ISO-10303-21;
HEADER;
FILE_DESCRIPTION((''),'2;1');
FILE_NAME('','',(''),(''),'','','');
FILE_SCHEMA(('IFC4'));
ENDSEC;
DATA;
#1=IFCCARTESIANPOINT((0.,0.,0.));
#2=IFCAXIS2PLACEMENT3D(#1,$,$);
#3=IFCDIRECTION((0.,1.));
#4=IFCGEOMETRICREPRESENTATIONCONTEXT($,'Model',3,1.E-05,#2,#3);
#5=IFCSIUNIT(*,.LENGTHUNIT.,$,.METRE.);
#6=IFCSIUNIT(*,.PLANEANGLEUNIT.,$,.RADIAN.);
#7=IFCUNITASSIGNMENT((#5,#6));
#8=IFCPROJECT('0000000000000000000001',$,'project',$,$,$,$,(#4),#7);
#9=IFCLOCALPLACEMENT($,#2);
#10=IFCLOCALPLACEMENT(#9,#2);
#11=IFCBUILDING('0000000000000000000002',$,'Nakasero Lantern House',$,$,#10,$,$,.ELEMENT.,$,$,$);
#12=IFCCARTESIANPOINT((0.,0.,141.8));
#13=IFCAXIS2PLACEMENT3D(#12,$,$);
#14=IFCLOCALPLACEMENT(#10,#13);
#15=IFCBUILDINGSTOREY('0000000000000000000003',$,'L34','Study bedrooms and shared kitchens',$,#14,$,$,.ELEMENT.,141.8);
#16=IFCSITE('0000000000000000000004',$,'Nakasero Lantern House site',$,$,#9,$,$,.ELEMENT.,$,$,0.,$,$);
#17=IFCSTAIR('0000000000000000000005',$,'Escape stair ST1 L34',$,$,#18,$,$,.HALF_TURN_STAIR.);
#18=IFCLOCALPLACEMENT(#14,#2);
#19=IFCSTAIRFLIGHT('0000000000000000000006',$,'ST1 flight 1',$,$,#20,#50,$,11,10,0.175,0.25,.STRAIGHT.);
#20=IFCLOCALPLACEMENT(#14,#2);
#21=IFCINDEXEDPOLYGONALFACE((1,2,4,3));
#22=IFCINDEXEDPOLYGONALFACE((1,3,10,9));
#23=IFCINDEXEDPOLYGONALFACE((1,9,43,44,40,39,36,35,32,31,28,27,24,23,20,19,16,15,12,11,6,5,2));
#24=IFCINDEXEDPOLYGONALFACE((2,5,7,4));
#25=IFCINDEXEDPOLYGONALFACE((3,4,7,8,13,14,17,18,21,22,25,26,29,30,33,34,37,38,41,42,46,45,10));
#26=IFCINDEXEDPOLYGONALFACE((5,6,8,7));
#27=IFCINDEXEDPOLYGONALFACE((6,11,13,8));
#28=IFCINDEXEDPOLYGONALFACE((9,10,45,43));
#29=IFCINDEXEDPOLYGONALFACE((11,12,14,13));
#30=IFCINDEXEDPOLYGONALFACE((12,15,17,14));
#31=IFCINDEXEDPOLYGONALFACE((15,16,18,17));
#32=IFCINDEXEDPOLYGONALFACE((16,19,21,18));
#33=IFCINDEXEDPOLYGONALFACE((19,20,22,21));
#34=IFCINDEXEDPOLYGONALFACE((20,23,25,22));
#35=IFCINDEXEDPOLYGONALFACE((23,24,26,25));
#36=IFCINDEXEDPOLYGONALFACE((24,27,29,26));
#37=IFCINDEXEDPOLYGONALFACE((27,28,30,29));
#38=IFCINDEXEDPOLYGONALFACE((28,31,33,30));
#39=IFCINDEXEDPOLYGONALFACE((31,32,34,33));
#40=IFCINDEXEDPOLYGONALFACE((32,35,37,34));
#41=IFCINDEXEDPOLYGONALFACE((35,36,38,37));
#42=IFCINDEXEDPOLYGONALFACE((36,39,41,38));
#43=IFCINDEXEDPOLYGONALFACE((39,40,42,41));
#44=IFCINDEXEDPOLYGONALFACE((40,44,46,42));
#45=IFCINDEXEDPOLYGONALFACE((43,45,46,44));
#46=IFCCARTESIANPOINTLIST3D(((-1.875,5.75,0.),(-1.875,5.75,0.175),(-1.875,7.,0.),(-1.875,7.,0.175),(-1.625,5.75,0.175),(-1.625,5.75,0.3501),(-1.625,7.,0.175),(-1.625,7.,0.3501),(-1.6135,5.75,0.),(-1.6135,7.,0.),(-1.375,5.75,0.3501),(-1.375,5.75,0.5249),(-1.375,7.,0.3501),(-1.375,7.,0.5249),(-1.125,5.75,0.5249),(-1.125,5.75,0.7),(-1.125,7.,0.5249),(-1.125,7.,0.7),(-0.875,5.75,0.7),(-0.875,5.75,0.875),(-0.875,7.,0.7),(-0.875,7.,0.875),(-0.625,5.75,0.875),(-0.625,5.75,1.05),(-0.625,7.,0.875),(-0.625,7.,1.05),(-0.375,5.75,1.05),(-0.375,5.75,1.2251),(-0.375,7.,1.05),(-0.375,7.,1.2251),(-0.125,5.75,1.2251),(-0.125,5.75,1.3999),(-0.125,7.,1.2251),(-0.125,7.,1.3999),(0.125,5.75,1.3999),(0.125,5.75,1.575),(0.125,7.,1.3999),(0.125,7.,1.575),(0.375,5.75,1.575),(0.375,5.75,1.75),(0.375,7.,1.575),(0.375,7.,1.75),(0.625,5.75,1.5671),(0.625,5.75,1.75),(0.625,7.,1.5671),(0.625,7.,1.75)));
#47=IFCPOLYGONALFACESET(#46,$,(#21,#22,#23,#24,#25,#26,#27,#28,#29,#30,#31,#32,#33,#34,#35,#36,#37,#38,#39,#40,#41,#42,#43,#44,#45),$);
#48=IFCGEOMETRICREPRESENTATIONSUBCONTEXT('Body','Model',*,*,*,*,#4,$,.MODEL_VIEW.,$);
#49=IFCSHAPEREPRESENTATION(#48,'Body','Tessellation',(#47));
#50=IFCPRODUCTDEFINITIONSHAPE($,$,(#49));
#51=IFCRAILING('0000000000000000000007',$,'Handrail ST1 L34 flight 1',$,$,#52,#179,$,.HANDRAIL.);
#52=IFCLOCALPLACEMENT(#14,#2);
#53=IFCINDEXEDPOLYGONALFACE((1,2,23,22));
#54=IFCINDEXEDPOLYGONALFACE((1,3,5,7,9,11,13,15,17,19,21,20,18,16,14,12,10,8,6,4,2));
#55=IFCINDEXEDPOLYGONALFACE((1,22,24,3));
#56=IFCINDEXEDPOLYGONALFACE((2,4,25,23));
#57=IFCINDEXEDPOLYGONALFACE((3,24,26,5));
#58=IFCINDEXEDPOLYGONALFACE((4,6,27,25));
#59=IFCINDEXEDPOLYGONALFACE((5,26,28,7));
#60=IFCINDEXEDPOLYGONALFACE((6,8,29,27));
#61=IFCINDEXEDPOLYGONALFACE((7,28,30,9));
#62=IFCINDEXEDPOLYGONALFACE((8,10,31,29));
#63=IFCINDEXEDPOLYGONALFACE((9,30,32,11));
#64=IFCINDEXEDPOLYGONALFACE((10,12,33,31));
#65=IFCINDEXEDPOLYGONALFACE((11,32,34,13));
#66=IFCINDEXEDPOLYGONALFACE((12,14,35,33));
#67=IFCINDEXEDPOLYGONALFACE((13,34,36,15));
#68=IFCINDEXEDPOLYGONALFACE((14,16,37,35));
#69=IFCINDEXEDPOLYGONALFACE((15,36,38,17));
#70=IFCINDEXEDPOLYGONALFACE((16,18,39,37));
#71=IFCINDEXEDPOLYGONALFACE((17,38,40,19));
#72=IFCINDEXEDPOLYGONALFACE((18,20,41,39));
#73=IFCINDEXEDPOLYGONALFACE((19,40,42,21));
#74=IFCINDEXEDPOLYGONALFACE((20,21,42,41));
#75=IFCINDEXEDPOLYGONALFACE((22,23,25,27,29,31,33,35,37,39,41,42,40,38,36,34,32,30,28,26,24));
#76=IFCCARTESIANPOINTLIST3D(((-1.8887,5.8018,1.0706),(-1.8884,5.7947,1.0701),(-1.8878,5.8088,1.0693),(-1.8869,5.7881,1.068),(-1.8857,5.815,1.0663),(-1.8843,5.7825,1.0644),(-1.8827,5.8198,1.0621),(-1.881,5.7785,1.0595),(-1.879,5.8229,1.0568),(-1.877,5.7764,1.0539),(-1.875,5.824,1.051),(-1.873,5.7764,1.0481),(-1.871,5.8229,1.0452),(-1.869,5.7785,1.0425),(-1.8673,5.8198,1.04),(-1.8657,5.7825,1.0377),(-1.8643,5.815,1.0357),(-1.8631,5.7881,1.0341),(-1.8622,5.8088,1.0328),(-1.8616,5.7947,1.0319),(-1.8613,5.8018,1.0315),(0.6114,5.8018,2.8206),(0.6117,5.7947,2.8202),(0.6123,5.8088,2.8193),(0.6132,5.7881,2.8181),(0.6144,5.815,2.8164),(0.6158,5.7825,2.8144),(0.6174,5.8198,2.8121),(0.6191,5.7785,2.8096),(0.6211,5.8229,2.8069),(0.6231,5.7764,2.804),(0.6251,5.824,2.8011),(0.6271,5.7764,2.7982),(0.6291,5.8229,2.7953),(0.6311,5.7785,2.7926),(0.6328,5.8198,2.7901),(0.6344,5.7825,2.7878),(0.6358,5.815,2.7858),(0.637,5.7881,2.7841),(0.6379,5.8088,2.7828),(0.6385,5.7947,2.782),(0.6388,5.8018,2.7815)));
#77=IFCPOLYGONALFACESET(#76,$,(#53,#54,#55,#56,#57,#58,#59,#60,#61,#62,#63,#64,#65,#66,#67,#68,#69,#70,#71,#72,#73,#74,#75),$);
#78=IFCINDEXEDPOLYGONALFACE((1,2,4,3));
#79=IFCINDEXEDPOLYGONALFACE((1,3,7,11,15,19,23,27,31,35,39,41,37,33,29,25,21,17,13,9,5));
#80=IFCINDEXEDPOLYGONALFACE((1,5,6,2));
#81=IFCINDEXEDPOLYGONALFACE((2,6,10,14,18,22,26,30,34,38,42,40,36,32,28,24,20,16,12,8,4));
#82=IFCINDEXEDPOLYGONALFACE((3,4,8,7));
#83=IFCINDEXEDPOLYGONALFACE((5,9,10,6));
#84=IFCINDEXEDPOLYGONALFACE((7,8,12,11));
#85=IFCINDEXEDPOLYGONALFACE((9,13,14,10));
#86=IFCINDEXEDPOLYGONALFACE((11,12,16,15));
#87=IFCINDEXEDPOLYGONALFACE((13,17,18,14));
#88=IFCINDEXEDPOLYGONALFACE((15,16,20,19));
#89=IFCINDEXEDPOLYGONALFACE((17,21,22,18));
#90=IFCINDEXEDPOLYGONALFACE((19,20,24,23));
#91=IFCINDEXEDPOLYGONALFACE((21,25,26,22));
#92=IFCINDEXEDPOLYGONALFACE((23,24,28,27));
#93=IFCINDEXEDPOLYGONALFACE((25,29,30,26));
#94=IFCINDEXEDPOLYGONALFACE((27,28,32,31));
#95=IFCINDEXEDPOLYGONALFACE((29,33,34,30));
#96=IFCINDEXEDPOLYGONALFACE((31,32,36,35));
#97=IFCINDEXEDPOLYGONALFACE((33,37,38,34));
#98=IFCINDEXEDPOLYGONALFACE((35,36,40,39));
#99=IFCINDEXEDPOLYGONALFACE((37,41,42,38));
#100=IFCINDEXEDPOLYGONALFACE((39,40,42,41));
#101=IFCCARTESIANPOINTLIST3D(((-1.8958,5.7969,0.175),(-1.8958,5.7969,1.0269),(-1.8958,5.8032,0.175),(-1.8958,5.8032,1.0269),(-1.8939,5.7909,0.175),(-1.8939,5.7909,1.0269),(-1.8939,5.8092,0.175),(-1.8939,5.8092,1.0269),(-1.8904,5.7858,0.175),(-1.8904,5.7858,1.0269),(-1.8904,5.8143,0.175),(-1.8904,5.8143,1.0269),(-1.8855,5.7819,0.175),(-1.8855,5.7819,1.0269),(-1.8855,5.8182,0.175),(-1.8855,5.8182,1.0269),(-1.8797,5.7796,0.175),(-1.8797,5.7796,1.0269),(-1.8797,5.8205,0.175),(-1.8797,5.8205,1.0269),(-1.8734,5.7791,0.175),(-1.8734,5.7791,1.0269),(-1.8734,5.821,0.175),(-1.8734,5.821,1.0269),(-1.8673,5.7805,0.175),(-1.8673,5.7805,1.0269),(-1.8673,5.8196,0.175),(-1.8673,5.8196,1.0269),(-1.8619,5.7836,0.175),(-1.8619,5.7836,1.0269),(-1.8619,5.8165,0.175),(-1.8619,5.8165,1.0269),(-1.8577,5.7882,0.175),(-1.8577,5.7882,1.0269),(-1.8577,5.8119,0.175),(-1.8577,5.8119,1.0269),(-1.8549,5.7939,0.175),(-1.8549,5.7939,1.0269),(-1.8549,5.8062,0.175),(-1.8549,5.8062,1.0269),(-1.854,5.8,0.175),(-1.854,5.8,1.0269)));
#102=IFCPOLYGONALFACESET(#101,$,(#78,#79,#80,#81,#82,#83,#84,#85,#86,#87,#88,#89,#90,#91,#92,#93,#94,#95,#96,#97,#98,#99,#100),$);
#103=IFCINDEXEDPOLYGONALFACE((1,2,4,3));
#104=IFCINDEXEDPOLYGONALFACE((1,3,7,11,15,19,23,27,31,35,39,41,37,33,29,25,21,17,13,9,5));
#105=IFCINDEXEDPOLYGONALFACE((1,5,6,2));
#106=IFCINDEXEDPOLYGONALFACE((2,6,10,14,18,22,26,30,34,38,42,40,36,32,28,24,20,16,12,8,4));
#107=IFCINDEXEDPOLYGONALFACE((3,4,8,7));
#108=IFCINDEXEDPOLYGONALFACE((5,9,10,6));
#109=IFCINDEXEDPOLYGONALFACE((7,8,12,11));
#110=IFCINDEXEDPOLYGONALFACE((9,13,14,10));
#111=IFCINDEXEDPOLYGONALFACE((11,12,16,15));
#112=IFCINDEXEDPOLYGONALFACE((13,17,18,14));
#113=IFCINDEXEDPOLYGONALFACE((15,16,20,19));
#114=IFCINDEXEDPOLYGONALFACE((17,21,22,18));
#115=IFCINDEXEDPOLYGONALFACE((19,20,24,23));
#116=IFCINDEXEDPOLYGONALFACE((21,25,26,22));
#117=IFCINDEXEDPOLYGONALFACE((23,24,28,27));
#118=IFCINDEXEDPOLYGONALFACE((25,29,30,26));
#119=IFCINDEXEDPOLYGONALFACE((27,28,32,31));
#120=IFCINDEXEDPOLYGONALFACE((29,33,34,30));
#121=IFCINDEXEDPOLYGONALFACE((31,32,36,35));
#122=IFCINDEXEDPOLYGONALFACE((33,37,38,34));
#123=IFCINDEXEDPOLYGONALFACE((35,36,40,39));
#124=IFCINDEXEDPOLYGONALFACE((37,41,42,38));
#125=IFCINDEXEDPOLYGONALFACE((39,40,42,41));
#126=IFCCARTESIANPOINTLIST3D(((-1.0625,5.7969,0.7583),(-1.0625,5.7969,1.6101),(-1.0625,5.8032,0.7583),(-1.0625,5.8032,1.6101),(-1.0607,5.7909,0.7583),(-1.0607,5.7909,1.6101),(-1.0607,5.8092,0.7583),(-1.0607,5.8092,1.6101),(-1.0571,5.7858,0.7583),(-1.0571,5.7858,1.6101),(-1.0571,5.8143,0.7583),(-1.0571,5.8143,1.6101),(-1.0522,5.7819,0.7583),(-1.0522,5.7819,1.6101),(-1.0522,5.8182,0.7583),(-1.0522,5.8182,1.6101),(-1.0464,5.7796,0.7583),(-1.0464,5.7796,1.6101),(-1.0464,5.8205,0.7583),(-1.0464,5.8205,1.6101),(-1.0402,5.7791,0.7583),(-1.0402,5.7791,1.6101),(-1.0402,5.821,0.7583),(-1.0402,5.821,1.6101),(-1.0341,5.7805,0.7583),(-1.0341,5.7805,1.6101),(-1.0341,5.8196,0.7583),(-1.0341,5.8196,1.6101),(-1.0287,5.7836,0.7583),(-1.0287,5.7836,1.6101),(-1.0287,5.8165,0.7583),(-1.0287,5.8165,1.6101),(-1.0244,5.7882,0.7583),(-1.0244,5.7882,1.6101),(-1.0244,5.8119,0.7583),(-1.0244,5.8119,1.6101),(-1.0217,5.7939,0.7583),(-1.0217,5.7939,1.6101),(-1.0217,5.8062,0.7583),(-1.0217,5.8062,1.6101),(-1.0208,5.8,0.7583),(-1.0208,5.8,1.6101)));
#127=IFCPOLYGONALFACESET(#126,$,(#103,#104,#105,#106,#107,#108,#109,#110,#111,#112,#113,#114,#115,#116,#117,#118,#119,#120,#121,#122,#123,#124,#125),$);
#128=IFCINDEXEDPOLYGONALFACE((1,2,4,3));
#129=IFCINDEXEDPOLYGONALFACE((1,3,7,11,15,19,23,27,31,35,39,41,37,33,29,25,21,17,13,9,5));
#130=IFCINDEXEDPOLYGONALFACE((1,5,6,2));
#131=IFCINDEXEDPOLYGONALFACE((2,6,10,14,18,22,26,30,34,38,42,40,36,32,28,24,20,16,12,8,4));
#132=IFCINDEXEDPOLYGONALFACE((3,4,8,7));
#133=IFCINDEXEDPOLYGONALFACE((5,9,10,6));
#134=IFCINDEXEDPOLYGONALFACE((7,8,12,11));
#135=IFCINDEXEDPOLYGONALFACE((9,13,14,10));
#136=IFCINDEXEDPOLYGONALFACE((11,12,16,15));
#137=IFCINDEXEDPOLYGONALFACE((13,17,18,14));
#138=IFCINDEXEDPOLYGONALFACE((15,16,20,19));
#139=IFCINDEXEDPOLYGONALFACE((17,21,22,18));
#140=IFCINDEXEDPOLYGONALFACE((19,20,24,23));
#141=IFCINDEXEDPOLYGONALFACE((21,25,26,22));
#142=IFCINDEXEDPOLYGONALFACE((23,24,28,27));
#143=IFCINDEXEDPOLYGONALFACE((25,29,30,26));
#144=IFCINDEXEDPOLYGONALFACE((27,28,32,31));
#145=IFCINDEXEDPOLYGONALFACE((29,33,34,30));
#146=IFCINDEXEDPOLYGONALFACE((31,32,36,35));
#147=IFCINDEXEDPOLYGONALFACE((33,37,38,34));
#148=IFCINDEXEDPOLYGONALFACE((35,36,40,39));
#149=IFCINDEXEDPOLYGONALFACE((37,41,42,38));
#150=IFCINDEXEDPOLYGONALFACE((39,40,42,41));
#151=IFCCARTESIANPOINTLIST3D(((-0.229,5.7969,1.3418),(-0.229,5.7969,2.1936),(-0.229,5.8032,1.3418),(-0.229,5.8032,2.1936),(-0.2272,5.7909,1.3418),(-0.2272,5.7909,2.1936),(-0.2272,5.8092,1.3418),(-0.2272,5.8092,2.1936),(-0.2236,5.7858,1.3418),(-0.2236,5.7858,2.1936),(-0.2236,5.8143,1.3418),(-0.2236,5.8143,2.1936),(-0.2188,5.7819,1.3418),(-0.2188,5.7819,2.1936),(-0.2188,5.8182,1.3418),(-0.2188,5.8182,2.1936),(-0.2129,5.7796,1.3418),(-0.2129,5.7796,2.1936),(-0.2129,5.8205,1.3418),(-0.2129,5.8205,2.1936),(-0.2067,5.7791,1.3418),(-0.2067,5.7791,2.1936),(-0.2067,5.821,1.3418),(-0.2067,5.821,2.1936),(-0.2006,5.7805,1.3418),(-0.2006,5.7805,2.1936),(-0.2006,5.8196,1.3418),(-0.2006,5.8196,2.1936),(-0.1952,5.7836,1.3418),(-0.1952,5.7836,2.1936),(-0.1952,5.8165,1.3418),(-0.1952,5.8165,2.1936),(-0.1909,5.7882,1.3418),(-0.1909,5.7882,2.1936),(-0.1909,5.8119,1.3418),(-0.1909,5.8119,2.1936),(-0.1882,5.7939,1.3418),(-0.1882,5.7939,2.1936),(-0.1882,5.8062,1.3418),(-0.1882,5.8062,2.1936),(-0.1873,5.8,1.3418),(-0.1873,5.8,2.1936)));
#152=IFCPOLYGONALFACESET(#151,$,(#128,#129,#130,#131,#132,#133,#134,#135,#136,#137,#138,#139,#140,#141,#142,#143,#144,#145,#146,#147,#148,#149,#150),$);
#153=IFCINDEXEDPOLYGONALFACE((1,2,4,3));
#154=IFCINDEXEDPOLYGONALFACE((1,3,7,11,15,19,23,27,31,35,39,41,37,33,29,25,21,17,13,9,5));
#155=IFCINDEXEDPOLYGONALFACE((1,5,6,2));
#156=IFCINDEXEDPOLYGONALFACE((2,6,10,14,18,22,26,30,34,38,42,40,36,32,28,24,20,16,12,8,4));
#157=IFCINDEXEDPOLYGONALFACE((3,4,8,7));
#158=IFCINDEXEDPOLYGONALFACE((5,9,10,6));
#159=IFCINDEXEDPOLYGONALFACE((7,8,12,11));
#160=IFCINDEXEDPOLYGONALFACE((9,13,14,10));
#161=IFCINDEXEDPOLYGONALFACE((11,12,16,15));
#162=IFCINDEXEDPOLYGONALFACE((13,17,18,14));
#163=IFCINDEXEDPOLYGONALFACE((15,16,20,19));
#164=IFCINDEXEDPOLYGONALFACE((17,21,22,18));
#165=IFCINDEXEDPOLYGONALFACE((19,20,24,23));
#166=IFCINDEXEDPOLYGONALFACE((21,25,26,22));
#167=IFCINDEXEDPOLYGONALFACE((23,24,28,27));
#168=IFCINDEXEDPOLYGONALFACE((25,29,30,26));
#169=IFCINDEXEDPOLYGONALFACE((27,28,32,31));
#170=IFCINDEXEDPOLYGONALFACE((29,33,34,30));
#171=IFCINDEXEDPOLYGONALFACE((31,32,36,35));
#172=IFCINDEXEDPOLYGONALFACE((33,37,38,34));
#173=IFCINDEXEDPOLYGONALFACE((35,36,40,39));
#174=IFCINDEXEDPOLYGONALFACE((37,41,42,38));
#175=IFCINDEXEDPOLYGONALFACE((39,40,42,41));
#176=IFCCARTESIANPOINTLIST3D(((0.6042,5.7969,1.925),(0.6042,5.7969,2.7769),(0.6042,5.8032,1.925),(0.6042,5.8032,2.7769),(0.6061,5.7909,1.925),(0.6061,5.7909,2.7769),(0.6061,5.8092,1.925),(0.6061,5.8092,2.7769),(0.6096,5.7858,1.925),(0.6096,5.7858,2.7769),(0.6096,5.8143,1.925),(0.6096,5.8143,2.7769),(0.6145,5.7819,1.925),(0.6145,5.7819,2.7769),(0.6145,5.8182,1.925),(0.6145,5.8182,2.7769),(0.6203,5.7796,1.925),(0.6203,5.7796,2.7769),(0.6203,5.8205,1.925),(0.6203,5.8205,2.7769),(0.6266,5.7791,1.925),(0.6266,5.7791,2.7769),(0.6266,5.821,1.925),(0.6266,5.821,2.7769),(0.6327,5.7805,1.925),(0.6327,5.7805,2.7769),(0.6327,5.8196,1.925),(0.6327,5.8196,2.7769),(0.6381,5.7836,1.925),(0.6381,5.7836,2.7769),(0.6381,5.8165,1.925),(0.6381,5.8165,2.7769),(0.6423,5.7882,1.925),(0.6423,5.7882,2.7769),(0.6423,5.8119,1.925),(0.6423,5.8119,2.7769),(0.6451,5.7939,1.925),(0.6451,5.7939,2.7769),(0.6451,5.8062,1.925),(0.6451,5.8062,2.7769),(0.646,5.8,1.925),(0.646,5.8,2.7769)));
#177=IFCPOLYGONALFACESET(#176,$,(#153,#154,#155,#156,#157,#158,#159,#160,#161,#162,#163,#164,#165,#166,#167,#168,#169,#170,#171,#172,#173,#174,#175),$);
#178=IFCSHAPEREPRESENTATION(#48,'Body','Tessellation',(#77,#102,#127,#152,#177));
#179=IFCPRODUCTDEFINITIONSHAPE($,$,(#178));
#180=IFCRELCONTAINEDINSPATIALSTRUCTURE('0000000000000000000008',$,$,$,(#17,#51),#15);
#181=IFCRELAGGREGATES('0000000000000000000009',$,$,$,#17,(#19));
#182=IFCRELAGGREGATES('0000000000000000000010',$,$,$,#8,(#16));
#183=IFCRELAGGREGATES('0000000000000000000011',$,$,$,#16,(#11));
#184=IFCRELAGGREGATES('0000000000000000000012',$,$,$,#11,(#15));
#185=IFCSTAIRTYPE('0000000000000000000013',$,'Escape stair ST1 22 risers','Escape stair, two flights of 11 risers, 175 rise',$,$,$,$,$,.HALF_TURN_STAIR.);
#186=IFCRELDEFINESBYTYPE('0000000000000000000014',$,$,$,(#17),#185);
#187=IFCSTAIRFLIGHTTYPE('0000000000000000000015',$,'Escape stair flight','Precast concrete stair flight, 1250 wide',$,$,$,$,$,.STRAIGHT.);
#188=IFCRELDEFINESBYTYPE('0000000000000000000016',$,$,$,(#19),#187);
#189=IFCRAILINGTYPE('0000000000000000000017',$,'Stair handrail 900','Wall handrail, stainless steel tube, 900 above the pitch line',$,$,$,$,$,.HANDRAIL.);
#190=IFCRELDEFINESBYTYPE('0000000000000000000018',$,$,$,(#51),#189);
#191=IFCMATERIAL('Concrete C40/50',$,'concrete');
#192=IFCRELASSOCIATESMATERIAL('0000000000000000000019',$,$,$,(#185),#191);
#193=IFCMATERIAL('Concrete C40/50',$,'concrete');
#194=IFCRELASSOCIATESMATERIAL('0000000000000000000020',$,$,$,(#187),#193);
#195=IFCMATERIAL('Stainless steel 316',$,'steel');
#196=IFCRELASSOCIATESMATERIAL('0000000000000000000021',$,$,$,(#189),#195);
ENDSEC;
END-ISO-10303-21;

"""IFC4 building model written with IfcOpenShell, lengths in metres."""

from ifc_helpers import new_model, si_unit, direction, frame, origin, origin_2d, place, context, subcontext, project, spatial, polyline, circle, outline, extrude, material, type_object, element, aggregate, save


model = new_model("IFC4")

# Units and contexts
model_context = context("Model", 3, precision=1e-05, world=origin(), true_north=direction((0.0, 1.0)))
body_context = subcontext(model_context, "Body", "Model", "MODEL_VIEW")
ifc_project = project(units=[si_unit("LENGTHUNIT", "METRE"), si_unit("PLANEANGLEUNIT", "RADIAN")], contexts=[model_context])

# Site, building, storey
site_placement = place(None, origin())
site = spatial("IfcSite", under=ifc_project, at=site_placement, Name="Nakasero Lantern House site", CompositionType="ELEMENT", RefElevation=0.0)
building_placement = place(site_placement, origin())
building = spatial("IfcBuilding", under=site, at=building_placement, Name="Nakasero Lantern House", CompositionType="ELEMENT")
storey_placement = place(building_placement, frame((0.0, 0.0, 141.8)))
storey = spatial("IfcBuildingStorey", under=building, at=storey_placement, Name="L34", Description="Study bedrooms and shared kitchens", CompositionType="ELEMENT", Elevation=141.8)

# Stair, stair flight
ifc_material_1 = material(Name="Concrete C40/50", Category="concrete")
stair_type = type_object("IfcStairType", Name="Escape stair ST1 22 risers", Description="Escape stair, two flights of 11 risers, 175 rise", PredefinedType="HALF_TURN_STAIR", material=ifc_material_1)
stair_placement = place(storey_placement, origin())
stair = element("IfcStair", 1, at=stair_placement, inside=storey, type_object=stair_type, Name="Escape stair ST1 L34", PredefinedType="HALF_TURN_STAIR")
ifc_material_2 = material(Name="Concrete C40/50", Category="concrete")
stair_flight_type = type_object("IfcStairFlightType", Name="Escape stair flight", Description="Precast concrete stair flight, 1250 wide", PredefinedType="STRAIGHT", material=ifc_material_2)
stair_flight_placement = place(storey_placement, frame((-1.875, 6.375, 0.0), z_axis=(0.0, 0.0, 1.0), x_axis=(1.0, 0.0, 0.0)))
stair_flight = element("IfcStairFlight", 2, at=stair_flight_placement, type_object=stair_flight_type, Name="ST1 flight 1", NumberOfRisers=11, NumberOfTreads=10, PredefinedType="STRAIGHT", RiserHeight=0.175, TreadLength=0.25, context=body_context, shape_type="SweptSolid", body=[
    extrude(outline(polyline([(0.0, 0.0), (0.0, 0.175), (0.25, 0.175), (0.25, 0.3501), (0.5, 0.3501), (0.5, 0.5249), (0.75, 0.5249), (0.75, 0.7), (1.0, 0.7), (1.0, 0.875), (1.25, 0.875), (1.25, 1.05), (1.5, 1.05), (1.5, 1.2251), (1.75, 1.2251), (1.75, 1.3999), (2.0, 1.3999), (2.0, 1.575), (2.25, 1.575), (2.25, 1.75), (2.5, 1.75), (2.5, 1.925), (2.5, 1.5671), (0.2615, 0.0), (0.0, 0.0)])), frame((0.0, 0.625, 0.0), z_axis=(0.0, -1.0, 0.0), x_axis=(1.0, 0.0, 0.0)), (0.0, 0.0, 1.0), 1.25),
])
aggregate(stair, [stair_flight])

# Railing
ifc_material_3 = material(Name="Stainless steel 316", Category="steel")
railing_type = type_object("IfcRailingType", Name="Stair handrail 900", Description="Wall handrail, stainless steel tube, 900 above the pitch line", PredefinedType="HANDRAIL", material=ifc_material_3)
railing_placement = place(storey_placement, frame((-1.875, 5.8, 0.175)))
element("IfcRailing", 3, at=railing_placement, inside=storey, type_object=railing_type, Name="Handrail ST1 L34 flight 1", PredefinedType="HANDRAIL", context=body_context, shape_type="SweptSolid", body=[
    extrude(circle(Radius=0.0239, at=origin_2d()), frame((0.0, 0.0, 0.876), z_axis=(0.819232, 0.0, 0.573462), x_axis=(0.0, 1.0, 0.0)), (0.0, 0.0, 1.0), 3.0518),
    extrude(circle(Radius=0.021, at=origin_2d()), origin(), (0.0, 0.0, 1.0), 0.8518),
    extrude(circle(Radius=0.021, at=origin_2d()), frame((0.8333, 0.0, 0.5833)), (0.0, 0.0, 1.0), 0.8518),
    extrude(circle(Radius=0.021, at=origin_2d()), frame((1.6667, 0.0, 1.1667)), (0.0, 0.0, 1.0), 0.8518),
    extrude(circle(Radius=0.021, at=origin_2d()), frame((2.5, 0.0, 1.75)), (0.0, 0.0, 1.0), 0.8518),
])

save(model, "model.ifc")
